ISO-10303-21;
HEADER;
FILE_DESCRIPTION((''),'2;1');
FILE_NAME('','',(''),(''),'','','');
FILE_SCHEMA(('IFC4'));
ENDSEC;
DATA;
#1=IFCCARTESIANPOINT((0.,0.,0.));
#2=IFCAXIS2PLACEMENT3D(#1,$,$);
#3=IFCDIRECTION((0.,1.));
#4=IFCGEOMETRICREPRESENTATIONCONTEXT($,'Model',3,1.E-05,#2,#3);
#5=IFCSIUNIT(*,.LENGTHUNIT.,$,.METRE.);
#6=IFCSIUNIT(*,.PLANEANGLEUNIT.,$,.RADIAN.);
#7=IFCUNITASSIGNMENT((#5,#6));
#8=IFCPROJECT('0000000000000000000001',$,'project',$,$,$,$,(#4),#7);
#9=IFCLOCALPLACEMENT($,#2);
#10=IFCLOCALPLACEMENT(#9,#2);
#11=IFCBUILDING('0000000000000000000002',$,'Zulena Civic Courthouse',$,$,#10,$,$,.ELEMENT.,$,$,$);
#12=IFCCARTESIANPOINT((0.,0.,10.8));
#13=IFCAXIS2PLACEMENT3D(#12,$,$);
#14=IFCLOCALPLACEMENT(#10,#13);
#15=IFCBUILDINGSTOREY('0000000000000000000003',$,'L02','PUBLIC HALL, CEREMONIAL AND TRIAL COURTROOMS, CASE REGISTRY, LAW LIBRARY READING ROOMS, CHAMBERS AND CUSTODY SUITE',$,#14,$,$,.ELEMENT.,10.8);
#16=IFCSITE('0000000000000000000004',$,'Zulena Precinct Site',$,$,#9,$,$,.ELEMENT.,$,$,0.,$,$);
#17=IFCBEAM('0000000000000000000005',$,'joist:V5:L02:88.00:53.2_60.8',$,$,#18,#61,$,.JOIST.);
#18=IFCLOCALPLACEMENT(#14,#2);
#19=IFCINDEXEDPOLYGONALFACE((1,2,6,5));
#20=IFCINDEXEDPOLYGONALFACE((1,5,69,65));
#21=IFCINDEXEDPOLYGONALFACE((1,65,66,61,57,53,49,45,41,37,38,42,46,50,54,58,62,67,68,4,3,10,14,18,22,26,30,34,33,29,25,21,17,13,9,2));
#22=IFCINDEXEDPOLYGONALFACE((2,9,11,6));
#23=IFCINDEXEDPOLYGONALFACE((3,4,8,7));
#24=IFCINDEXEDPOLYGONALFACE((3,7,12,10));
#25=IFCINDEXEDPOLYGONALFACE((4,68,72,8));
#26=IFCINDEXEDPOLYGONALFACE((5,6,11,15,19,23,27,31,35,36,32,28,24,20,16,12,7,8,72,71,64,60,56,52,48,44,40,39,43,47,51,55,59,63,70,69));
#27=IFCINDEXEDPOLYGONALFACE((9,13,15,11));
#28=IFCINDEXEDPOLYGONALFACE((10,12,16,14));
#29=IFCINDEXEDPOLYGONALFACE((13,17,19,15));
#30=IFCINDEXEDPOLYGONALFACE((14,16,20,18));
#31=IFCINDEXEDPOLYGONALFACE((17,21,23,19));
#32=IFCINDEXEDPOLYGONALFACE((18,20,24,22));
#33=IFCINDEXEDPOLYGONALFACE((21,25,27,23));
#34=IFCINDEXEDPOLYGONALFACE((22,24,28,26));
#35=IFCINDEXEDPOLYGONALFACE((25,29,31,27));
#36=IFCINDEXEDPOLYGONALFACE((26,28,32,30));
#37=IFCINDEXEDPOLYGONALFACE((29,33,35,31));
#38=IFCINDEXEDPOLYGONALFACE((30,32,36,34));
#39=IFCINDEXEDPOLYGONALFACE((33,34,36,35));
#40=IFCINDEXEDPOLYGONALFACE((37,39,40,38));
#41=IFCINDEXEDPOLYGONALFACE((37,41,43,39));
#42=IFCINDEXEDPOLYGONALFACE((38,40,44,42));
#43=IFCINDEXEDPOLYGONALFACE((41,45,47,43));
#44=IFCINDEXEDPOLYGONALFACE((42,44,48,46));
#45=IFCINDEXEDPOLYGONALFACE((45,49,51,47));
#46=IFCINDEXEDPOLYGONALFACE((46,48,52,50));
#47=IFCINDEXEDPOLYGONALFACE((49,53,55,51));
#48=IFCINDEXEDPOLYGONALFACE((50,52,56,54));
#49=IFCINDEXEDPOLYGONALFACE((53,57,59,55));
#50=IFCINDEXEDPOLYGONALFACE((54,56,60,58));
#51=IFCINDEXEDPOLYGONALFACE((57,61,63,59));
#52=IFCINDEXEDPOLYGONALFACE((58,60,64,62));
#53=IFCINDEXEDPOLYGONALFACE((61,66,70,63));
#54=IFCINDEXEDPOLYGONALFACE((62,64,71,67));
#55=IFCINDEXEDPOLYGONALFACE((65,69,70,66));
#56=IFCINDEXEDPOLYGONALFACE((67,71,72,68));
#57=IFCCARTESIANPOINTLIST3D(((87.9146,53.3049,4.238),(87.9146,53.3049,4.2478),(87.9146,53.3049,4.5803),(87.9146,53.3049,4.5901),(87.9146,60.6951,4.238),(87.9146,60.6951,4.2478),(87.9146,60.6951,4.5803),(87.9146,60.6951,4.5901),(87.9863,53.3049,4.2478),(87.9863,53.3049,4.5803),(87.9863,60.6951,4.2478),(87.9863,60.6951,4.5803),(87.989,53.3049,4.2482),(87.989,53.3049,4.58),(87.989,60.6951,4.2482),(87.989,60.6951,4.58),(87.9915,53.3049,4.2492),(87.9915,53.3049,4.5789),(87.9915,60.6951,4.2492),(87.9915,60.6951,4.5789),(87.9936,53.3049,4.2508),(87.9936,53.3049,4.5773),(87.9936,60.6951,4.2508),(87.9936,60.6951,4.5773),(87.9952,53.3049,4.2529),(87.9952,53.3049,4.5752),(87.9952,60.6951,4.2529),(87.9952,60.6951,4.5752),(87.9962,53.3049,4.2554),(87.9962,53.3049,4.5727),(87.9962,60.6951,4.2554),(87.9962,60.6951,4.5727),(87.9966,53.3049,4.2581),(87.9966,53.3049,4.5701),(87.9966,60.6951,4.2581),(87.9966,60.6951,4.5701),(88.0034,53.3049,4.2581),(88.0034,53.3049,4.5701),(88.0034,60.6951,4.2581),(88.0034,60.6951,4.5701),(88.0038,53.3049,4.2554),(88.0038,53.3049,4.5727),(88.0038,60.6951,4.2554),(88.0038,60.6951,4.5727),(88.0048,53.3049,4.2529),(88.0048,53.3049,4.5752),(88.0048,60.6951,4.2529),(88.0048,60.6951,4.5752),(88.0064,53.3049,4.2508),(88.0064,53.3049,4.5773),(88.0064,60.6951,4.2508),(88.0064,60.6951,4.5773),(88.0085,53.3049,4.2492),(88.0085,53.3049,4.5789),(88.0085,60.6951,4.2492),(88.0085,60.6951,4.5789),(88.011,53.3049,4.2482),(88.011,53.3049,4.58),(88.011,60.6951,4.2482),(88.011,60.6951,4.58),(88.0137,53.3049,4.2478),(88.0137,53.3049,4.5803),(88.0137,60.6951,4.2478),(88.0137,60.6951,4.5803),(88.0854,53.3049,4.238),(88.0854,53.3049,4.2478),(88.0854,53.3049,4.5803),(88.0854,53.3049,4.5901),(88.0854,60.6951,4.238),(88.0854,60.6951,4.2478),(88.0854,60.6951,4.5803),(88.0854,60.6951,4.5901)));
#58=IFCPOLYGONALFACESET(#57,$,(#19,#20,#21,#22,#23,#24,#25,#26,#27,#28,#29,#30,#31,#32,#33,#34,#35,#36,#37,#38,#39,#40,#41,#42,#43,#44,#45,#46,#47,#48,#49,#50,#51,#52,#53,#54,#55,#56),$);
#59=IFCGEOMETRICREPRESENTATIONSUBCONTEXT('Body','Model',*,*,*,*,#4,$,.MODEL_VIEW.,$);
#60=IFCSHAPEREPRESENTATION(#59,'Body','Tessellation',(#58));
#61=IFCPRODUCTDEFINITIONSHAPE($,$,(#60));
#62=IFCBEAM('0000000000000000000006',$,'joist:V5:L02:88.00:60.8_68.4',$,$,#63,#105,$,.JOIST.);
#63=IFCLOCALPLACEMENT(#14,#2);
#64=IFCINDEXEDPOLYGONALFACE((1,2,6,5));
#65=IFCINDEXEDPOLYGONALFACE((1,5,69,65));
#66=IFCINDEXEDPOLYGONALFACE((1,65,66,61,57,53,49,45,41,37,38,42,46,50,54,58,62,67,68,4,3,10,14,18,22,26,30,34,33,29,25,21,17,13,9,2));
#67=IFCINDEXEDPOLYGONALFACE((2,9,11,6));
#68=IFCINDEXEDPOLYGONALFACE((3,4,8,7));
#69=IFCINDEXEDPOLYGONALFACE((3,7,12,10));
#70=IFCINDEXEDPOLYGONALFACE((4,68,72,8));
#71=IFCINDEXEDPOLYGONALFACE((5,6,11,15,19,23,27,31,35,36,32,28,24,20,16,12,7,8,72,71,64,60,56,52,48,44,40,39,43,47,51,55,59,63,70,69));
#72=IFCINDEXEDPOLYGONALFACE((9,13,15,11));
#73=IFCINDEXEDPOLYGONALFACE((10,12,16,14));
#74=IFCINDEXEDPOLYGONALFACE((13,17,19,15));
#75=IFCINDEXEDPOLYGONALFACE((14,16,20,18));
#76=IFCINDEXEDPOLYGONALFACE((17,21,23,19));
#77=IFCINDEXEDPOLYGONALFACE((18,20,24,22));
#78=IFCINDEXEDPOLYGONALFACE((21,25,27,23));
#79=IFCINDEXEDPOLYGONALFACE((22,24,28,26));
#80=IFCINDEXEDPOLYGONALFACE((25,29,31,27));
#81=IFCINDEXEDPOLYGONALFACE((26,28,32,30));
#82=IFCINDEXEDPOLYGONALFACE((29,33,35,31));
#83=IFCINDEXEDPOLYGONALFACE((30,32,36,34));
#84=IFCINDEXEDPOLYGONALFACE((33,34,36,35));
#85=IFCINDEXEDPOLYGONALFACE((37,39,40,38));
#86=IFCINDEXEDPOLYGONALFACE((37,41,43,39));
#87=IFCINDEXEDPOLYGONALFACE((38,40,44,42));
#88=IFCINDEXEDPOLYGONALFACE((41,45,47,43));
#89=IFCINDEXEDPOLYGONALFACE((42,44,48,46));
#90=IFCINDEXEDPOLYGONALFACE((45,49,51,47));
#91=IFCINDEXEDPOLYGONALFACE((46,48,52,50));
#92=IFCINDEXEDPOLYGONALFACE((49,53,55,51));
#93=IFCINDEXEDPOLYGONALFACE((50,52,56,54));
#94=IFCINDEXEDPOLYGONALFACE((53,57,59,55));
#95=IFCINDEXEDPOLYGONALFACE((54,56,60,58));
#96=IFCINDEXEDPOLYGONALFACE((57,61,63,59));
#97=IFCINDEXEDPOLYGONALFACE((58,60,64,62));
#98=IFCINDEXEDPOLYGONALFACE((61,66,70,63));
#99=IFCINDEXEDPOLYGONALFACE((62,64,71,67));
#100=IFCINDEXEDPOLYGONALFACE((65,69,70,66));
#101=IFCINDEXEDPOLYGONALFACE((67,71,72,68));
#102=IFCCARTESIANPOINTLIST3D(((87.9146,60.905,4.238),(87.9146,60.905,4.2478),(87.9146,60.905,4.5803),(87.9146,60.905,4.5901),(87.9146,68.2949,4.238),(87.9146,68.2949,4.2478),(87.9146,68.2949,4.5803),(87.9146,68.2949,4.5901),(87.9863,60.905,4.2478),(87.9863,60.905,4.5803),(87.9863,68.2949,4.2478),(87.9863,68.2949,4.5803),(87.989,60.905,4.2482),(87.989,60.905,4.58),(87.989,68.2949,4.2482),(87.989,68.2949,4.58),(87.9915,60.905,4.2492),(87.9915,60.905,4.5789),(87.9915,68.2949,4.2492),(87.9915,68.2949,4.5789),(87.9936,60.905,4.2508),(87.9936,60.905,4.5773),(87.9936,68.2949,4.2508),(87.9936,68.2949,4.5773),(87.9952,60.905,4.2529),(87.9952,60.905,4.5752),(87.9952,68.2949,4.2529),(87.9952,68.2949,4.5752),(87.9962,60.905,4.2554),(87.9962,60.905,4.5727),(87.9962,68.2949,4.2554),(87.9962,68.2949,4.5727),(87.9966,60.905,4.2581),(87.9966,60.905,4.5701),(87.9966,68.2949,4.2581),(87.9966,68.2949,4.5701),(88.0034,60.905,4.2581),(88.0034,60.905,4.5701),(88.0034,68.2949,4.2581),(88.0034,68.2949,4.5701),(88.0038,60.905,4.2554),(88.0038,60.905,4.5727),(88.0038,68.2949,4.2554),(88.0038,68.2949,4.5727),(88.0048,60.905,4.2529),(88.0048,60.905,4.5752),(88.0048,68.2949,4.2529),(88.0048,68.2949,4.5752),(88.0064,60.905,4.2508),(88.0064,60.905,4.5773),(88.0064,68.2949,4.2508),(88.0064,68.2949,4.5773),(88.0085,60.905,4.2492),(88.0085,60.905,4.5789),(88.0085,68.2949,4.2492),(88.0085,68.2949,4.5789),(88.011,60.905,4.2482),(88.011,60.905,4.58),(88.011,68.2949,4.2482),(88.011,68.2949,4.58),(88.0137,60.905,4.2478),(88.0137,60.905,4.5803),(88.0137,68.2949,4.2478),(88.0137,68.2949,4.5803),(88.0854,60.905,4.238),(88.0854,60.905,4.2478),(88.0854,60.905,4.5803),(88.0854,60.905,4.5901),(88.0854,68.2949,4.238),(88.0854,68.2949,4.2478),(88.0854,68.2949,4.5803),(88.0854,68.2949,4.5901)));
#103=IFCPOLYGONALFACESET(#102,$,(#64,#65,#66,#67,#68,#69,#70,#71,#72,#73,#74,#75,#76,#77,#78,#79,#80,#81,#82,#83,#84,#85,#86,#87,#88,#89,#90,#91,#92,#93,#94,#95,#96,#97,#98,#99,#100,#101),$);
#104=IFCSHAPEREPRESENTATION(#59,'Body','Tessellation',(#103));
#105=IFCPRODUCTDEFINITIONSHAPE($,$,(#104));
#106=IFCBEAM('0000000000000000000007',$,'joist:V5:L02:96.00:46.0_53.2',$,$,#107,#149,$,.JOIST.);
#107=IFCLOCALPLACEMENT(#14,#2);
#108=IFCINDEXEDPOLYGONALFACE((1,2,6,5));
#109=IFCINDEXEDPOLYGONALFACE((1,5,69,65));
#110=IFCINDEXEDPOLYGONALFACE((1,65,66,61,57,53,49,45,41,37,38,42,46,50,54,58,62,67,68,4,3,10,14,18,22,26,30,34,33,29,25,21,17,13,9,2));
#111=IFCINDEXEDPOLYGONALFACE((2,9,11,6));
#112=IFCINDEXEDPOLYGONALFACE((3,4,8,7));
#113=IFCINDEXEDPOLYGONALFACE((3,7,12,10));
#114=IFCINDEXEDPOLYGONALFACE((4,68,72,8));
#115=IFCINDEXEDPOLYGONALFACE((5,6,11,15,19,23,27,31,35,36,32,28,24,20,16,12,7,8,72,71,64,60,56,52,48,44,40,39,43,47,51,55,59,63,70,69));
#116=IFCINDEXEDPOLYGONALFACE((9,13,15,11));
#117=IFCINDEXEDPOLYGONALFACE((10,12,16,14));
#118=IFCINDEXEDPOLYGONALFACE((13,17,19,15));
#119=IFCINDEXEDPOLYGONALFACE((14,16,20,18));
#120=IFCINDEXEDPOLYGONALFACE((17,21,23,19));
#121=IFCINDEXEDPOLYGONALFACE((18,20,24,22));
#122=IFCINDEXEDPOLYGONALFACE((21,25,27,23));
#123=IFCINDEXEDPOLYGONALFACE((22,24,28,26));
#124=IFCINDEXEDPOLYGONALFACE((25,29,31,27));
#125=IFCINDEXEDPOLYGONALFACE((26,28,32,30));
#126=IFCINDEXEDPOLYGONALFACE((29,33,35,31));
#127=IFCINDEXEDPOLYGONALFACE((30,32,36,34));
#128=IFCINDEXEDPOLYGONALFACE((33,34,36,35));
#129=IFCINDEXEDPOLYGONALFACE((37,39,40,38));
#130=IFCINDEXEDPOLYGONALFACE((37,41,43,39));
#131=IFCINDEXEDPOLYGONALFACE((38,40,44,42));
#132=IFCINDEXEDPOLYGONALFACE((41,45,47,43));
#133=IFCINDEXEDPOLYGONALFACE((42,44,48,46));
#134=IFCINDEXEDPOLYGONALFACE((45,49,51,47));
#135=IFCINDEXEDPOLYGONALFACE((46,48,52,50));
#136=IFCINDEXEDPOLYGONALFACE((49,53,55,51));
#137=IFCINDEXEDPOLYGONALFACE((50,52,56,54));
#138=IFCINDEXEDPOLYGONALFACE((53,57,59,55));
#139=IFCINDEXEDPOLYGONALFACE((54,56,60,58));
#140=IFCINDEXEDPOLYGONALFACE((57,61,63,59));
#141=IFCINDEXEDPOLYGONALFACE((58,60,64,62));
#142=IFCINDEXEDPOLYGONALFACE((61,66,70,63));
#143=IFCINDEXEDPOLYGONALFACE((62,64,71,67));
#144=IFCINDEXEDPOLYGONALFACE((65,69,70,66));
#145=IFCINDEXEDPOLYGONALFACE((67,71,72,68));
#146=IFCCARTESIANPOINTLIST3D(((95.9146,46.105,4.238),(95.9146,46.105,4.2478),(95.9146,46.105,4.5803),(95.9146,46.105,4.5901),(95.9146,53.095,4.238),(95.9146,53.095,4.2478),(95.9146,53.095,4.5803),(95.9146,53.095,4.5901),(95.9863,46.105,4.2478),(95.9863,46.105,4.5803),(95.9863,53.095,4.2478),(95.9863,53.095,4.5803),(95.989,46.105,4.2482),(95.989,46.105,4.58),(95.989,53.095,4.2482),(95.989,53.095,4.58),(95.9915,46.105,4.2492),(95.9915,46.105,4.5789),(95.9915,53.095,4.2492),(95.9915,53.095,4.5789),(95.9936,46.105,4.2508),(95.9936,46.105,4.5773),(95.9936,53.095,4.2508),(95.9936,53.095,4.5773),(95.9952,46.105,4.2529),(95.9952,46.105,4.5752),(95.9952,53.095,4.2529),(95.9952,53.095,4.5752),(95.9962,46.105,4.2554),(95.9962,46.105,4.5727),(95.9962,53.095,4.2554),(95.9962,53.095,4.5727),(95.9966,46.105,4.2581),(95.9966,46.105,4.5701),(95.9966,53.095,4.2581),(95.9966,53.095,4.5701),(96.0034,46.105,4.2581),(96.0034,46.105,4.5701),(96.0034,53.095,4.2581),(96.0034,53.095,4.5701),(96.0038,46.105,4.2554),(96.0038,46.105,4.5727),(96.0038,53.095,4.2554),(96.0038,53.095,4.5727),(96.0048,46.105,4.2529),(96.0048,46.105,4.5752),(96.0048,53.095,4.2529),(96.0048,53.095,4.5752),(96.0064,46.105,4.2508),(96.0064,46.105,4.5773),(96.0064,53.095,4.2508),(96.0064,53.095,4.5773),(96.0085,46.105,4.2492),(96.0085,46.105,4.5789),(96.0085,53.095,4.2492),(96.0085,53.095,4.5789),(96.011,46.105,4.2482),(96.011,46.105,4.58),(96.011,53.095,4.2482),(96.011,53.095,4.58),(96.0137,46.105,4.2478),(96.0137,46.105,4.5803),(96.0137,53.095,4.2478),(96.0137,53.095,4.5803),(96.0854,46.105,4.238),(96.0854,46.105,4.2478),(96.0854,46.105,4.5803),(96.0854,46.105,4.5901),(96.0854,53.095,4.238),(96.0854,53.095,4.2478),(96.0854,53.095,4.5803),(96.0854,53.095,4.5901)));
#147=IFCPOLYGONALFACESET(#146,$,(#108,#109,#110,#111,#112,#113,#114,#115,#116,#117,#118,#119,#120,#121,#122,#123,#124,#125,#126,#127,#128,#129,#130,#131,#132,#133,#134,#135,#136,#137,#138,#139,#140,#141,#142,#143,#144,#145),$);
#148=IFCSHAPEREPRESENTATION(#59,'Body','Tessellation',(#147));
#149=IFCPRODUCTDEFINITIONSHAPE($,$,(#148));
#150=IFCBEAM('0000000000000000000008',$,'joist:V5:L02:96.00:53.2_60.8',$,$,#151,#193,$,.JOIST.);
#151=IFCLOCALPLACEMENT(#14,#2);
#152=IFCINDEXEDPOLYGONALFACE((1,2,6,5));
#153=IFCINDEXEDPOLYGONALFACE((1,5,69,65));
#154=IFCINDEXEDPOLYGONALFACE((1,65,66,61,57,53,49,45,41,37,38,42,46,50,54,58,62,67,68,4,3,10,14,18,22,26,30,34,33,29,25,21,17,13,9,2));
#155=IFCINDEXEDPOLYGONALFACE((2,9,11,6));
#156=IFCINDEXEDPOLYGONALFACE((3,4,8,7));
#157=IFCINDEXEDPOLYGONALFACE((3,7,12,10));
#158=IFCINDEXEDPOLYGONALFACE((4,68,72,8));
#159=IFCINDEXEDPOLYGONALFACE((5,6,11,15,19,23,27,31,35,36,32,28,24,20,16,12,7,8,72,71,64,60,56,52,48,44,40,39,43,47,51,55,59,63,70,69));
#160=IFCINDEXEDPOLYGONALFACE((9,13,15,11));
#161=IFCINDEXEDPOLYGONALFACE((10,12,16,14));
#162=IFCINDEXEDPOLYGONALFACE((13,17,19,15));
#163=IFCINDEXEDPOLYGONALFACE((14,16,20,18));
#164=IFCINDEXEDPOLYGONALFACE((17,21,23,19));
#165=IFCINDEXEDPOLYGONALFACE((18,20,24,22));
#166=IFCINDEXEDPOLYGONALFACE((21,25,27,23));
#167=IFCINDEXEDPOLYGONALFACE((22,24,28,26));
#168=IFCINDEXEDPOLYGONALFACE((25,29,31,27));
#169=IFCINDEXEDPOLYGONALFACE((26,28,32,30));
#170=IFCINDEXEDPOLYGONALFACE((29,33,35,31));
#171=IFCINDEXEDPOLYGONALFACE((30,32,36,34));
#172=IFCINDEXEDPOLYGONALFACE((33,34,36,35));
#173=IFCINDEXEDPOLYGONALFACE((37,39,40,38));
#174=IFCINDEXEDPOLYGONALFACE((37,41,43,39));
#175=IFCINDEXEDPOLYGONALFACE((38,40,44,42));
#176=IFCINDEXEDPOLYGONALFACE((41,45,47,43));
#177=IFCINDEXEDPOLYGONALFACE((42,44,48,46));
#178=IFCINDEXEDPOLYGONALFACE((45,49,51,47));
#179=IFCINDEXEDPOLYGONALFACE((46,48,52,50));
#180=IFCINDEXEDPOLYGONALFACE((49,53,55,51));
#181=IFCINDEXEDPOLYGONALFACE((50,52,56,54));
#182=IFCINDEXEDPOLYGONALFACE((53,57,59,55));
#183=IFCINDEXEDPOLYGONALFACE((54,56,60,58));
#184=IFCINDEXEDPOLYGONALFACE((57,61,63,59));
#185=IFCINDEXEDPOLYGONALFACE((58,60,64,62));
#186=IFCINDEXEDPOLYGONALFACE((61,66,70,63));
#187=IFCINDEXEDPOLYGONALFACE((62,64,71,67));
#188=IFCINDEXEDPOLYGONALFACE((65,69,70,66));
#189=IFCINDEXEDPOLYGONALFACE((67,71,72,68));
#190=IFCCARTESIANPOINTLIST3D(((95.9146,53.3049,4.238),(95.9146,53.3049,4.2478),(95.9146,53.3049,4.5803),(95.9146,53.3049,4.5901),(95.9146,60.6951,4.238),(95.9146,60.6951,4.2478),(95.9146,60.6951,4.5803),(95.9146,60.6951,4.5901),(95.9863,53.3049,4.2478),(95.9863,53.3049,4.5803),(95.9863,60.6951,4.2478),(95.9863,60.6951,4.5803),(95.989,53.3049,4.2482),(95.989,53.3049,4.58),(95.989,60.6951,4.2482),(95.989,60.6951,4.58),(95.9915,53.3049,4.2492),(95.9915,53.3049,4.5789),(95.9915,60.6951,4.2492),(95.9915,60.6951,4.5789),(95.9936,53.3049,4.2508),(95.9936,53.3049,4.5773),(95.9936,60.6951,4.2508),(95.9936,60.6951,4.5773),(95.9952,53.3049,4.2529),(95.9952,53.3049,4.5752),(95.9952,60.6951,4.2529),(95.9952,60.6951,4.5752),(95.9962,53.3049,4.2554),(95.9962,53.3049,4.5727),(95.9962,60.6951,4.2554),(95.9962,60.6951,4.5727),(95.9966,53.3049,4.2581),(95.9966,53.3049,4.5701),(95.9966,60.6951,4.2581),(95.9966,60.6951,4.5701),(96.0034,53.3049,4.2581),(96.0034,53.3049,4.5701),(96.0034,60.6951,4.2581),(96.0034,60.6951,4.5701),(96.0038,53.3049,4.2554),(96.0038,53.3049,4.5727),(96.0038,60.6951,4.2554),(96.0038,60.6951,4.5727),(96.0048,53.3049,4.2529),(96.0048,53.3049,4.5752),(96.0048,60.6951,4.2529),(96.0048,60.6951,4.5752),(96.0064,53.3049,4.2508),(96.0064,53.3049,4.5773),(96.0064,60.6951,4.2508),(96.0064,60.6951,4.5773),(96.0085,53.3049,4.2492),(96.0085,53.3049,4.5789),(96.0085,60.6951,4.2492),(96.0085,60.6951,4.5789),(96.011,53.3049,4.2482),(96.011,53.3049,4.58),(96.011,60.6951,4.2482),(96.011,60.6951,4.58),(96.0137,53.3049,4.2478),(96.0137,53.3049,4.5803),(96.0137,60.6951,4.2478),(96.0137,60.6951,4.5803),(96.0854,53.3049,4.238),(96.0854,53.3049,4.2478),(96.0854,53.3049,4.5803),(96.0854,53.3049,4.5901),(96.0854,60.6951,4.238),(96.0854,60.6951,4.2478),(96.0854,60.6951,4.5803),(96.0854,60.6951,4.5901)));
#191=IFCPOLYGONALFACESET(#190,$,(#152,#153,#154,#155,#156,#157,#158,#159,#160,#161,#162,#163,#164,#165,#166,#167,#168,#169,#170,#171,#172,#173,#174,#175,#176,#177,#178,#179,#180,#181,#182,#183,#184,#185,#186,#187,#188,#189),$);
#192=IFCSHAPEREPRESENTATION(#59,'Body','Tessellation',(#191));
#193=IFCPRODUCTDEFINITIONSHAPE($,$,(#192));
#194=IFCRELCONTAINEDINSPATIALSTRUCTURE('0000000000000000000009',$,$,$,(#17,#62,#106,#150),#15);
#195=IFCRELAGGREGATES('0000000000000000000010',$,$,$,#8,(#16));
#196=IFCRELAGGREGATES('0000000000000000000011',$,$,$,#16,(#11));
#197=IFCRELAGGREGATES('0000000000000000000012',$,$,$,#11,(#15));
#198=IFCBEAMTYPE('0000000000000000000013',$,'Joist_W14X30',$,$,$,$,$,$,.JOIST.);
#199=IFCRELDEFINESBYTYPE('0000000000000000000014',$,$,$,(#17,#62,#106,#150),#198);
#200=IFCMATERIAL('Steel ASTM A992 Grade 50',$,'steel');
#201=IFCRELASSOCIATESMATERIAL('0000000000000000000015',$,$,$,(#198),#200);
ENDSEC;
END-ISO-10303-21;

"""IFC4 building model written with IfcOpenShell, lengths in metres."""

from ifc_helpers import new_model, si_unit, direction, frame, origin, origin_2d, place, context, subcontext, project, spatial, i_section, extrude, material, material_profile, profile_set, type_object, element, save


model = new_model("IFC4")

# Units and contexts
model_context = context("Model", 3, precision=1e-05, world=origin(), true_north=direction((0.0, 1.0)))
body_context = subcontext(model_context, "Body", "Model", "MODEL_VIEW")
ifc_project = project(units=[si_unit("LENGTHUNIT", "METRE"), si_unit("PLANEANGLEUNIT", "RADIAN")], contexts=[model_context])

# Site, building, storey
site_placement = place(None, origin())
site = spatial("IfcSite", under=ifc_project, at=site_placement, Name="Zulena Precinct Site", CompositionType="ELEMENT", RefElevation=0.0)
building_placement = place(site_placement, origin())
building = spatial("IfcBuilding", under=site, at=building_placement, Name="Zulena Civic Courthouse", CompositionType="ELEMENT")
storey_placement = place(building_placement, frame((0.0, 0.0, 10.8)))
storey = spatial("IfcBuildingStorey", under=building, at=storey_placement, Name="L02", Description="PUBLIC HALL, CEREMONIAL AND TRIAL COURTROOMS, CASE REGISTRY, LAW LIBRARY READING ROOMS, CHAMBERS AND CUSTODY SUITE", CompositionType="ELEMENT", Elevation=10.8)

# Shared definitions
ifc_material_1 = material(Name="Steel ASTM A992 Grade 50", Category="steel")

# Beams
ifc_material_profile_1 = material_profile(ifc_material_1, i_section(OverallWidth=0.1709, OverallDepth=0.3521, WebThickness=0.0068, FlangeThickness=0.0098, FilletRadius=0.0103, at=origin_2d()), Name="W14X30")
ifc_profile_set_1 = profile_set([ifc_material_profile_1], Name="Steel ASTM A992 Grade 50")
beam_type_1 = type_object("IfcBeamType", Name="Joist_W14X30", PredefinedType="JOIST", material=ifc_profile_set_1)
beam_1_placement = place(storey_placement, frame((88.0, 53.3049, 4.4141), z_axis=(0.0, 1.0, 0.0), x_axis=(-1.0, 0.0, 0.0)))
element("IfcBeam", 1, at=beam_1_placement, inside=storey, type_object=beam_type_1, Name="joist:V5:L02:88.00:53.2_60.8", PredefinedType="JOIST", context=body_context, shape_type="SweptSolid", body=[
    extrude(i_section(OverallWidth=0.1709, OverallDepth=0.3521, WebThickness=0.0068, FlangeThickness=0.0098, FilletRadius=0.0103, at=origin_2d()), origin(), (0.0, 0.0, 1.0), 7.3901),
])
beam_2_placement = place(storey_placement, frame((88.0, 60.905, 4.4141), z_axis=(0.0, 1.0, 0.0), x_axis=(-1.0, 0.0, 0.0)))
element("IfcBeam", 2, at=beam_2_placement, inside=storey, type_object=beam_type_1, Name="joist:V5:L02:88.00:60.8_68.4", PredefinedType="JOIST", context=body_context, shape_type="SweptSolid", body=[
    extrude(i_section(OverallWidth=0.1709, OverallDepth=0.3521, WebThickness=0.0068, FlangeThickness=0.0098, FilletRadius=0.0103, at=origin_2d()), origin(), (0.0, 0.0, 1.0), 7.3899),
])
beam_3_placement = place(storey_placement, frame((96.0, 46.105, 4.4141), z_axis=(0.0, 1.0, 0.0), x_axis=(-1.0, 0.0, 0.0)))
element("IfcBeam", 3, at=beam_3_placement, inside=storey, type_object=beam_type_1, Name="joist:V5:L02:96.00:46.0_53.2", PredefinedType="JOIST", context=body_context, shape_type="SweptSolid", body=[
    extrude(i_section(OverallWidth=0.1709, OverallDepth=0.3521, WebThickness=0.0068, FlangeThickness=0.0098, FilletRadius=0.0103, at=origin_2d()), origin(), (0.0, 0.0, 1.0), 6.99),
])
beam_4_placement = place(storey_placement, frame((96.0, 53.3049, 4.4141), z_axis=(0.0, 1.0, 0.0), x_axis=(-1.0, 0.0, 0.0)))
element("IfcBeam", 4, at=beam_4_placement, inside=storey, type_object=beam_type_1, Name="joist:V5:L02:96.00:53.2_60.8", PredefinedType="JOIST", context=body_context, shape_type="SweptSolid", body=[
    extrude(i_section(OverallWidth=0.1709, OverallDepth=0.3521, WebThickness=0.0068, FlangeThickness=0.0098, FilletRadius=0.0103, at=origin_2d()), origin(), (0.0, 0.0, 1.0), 7.3901),
])

save(model, "model.ifc")
